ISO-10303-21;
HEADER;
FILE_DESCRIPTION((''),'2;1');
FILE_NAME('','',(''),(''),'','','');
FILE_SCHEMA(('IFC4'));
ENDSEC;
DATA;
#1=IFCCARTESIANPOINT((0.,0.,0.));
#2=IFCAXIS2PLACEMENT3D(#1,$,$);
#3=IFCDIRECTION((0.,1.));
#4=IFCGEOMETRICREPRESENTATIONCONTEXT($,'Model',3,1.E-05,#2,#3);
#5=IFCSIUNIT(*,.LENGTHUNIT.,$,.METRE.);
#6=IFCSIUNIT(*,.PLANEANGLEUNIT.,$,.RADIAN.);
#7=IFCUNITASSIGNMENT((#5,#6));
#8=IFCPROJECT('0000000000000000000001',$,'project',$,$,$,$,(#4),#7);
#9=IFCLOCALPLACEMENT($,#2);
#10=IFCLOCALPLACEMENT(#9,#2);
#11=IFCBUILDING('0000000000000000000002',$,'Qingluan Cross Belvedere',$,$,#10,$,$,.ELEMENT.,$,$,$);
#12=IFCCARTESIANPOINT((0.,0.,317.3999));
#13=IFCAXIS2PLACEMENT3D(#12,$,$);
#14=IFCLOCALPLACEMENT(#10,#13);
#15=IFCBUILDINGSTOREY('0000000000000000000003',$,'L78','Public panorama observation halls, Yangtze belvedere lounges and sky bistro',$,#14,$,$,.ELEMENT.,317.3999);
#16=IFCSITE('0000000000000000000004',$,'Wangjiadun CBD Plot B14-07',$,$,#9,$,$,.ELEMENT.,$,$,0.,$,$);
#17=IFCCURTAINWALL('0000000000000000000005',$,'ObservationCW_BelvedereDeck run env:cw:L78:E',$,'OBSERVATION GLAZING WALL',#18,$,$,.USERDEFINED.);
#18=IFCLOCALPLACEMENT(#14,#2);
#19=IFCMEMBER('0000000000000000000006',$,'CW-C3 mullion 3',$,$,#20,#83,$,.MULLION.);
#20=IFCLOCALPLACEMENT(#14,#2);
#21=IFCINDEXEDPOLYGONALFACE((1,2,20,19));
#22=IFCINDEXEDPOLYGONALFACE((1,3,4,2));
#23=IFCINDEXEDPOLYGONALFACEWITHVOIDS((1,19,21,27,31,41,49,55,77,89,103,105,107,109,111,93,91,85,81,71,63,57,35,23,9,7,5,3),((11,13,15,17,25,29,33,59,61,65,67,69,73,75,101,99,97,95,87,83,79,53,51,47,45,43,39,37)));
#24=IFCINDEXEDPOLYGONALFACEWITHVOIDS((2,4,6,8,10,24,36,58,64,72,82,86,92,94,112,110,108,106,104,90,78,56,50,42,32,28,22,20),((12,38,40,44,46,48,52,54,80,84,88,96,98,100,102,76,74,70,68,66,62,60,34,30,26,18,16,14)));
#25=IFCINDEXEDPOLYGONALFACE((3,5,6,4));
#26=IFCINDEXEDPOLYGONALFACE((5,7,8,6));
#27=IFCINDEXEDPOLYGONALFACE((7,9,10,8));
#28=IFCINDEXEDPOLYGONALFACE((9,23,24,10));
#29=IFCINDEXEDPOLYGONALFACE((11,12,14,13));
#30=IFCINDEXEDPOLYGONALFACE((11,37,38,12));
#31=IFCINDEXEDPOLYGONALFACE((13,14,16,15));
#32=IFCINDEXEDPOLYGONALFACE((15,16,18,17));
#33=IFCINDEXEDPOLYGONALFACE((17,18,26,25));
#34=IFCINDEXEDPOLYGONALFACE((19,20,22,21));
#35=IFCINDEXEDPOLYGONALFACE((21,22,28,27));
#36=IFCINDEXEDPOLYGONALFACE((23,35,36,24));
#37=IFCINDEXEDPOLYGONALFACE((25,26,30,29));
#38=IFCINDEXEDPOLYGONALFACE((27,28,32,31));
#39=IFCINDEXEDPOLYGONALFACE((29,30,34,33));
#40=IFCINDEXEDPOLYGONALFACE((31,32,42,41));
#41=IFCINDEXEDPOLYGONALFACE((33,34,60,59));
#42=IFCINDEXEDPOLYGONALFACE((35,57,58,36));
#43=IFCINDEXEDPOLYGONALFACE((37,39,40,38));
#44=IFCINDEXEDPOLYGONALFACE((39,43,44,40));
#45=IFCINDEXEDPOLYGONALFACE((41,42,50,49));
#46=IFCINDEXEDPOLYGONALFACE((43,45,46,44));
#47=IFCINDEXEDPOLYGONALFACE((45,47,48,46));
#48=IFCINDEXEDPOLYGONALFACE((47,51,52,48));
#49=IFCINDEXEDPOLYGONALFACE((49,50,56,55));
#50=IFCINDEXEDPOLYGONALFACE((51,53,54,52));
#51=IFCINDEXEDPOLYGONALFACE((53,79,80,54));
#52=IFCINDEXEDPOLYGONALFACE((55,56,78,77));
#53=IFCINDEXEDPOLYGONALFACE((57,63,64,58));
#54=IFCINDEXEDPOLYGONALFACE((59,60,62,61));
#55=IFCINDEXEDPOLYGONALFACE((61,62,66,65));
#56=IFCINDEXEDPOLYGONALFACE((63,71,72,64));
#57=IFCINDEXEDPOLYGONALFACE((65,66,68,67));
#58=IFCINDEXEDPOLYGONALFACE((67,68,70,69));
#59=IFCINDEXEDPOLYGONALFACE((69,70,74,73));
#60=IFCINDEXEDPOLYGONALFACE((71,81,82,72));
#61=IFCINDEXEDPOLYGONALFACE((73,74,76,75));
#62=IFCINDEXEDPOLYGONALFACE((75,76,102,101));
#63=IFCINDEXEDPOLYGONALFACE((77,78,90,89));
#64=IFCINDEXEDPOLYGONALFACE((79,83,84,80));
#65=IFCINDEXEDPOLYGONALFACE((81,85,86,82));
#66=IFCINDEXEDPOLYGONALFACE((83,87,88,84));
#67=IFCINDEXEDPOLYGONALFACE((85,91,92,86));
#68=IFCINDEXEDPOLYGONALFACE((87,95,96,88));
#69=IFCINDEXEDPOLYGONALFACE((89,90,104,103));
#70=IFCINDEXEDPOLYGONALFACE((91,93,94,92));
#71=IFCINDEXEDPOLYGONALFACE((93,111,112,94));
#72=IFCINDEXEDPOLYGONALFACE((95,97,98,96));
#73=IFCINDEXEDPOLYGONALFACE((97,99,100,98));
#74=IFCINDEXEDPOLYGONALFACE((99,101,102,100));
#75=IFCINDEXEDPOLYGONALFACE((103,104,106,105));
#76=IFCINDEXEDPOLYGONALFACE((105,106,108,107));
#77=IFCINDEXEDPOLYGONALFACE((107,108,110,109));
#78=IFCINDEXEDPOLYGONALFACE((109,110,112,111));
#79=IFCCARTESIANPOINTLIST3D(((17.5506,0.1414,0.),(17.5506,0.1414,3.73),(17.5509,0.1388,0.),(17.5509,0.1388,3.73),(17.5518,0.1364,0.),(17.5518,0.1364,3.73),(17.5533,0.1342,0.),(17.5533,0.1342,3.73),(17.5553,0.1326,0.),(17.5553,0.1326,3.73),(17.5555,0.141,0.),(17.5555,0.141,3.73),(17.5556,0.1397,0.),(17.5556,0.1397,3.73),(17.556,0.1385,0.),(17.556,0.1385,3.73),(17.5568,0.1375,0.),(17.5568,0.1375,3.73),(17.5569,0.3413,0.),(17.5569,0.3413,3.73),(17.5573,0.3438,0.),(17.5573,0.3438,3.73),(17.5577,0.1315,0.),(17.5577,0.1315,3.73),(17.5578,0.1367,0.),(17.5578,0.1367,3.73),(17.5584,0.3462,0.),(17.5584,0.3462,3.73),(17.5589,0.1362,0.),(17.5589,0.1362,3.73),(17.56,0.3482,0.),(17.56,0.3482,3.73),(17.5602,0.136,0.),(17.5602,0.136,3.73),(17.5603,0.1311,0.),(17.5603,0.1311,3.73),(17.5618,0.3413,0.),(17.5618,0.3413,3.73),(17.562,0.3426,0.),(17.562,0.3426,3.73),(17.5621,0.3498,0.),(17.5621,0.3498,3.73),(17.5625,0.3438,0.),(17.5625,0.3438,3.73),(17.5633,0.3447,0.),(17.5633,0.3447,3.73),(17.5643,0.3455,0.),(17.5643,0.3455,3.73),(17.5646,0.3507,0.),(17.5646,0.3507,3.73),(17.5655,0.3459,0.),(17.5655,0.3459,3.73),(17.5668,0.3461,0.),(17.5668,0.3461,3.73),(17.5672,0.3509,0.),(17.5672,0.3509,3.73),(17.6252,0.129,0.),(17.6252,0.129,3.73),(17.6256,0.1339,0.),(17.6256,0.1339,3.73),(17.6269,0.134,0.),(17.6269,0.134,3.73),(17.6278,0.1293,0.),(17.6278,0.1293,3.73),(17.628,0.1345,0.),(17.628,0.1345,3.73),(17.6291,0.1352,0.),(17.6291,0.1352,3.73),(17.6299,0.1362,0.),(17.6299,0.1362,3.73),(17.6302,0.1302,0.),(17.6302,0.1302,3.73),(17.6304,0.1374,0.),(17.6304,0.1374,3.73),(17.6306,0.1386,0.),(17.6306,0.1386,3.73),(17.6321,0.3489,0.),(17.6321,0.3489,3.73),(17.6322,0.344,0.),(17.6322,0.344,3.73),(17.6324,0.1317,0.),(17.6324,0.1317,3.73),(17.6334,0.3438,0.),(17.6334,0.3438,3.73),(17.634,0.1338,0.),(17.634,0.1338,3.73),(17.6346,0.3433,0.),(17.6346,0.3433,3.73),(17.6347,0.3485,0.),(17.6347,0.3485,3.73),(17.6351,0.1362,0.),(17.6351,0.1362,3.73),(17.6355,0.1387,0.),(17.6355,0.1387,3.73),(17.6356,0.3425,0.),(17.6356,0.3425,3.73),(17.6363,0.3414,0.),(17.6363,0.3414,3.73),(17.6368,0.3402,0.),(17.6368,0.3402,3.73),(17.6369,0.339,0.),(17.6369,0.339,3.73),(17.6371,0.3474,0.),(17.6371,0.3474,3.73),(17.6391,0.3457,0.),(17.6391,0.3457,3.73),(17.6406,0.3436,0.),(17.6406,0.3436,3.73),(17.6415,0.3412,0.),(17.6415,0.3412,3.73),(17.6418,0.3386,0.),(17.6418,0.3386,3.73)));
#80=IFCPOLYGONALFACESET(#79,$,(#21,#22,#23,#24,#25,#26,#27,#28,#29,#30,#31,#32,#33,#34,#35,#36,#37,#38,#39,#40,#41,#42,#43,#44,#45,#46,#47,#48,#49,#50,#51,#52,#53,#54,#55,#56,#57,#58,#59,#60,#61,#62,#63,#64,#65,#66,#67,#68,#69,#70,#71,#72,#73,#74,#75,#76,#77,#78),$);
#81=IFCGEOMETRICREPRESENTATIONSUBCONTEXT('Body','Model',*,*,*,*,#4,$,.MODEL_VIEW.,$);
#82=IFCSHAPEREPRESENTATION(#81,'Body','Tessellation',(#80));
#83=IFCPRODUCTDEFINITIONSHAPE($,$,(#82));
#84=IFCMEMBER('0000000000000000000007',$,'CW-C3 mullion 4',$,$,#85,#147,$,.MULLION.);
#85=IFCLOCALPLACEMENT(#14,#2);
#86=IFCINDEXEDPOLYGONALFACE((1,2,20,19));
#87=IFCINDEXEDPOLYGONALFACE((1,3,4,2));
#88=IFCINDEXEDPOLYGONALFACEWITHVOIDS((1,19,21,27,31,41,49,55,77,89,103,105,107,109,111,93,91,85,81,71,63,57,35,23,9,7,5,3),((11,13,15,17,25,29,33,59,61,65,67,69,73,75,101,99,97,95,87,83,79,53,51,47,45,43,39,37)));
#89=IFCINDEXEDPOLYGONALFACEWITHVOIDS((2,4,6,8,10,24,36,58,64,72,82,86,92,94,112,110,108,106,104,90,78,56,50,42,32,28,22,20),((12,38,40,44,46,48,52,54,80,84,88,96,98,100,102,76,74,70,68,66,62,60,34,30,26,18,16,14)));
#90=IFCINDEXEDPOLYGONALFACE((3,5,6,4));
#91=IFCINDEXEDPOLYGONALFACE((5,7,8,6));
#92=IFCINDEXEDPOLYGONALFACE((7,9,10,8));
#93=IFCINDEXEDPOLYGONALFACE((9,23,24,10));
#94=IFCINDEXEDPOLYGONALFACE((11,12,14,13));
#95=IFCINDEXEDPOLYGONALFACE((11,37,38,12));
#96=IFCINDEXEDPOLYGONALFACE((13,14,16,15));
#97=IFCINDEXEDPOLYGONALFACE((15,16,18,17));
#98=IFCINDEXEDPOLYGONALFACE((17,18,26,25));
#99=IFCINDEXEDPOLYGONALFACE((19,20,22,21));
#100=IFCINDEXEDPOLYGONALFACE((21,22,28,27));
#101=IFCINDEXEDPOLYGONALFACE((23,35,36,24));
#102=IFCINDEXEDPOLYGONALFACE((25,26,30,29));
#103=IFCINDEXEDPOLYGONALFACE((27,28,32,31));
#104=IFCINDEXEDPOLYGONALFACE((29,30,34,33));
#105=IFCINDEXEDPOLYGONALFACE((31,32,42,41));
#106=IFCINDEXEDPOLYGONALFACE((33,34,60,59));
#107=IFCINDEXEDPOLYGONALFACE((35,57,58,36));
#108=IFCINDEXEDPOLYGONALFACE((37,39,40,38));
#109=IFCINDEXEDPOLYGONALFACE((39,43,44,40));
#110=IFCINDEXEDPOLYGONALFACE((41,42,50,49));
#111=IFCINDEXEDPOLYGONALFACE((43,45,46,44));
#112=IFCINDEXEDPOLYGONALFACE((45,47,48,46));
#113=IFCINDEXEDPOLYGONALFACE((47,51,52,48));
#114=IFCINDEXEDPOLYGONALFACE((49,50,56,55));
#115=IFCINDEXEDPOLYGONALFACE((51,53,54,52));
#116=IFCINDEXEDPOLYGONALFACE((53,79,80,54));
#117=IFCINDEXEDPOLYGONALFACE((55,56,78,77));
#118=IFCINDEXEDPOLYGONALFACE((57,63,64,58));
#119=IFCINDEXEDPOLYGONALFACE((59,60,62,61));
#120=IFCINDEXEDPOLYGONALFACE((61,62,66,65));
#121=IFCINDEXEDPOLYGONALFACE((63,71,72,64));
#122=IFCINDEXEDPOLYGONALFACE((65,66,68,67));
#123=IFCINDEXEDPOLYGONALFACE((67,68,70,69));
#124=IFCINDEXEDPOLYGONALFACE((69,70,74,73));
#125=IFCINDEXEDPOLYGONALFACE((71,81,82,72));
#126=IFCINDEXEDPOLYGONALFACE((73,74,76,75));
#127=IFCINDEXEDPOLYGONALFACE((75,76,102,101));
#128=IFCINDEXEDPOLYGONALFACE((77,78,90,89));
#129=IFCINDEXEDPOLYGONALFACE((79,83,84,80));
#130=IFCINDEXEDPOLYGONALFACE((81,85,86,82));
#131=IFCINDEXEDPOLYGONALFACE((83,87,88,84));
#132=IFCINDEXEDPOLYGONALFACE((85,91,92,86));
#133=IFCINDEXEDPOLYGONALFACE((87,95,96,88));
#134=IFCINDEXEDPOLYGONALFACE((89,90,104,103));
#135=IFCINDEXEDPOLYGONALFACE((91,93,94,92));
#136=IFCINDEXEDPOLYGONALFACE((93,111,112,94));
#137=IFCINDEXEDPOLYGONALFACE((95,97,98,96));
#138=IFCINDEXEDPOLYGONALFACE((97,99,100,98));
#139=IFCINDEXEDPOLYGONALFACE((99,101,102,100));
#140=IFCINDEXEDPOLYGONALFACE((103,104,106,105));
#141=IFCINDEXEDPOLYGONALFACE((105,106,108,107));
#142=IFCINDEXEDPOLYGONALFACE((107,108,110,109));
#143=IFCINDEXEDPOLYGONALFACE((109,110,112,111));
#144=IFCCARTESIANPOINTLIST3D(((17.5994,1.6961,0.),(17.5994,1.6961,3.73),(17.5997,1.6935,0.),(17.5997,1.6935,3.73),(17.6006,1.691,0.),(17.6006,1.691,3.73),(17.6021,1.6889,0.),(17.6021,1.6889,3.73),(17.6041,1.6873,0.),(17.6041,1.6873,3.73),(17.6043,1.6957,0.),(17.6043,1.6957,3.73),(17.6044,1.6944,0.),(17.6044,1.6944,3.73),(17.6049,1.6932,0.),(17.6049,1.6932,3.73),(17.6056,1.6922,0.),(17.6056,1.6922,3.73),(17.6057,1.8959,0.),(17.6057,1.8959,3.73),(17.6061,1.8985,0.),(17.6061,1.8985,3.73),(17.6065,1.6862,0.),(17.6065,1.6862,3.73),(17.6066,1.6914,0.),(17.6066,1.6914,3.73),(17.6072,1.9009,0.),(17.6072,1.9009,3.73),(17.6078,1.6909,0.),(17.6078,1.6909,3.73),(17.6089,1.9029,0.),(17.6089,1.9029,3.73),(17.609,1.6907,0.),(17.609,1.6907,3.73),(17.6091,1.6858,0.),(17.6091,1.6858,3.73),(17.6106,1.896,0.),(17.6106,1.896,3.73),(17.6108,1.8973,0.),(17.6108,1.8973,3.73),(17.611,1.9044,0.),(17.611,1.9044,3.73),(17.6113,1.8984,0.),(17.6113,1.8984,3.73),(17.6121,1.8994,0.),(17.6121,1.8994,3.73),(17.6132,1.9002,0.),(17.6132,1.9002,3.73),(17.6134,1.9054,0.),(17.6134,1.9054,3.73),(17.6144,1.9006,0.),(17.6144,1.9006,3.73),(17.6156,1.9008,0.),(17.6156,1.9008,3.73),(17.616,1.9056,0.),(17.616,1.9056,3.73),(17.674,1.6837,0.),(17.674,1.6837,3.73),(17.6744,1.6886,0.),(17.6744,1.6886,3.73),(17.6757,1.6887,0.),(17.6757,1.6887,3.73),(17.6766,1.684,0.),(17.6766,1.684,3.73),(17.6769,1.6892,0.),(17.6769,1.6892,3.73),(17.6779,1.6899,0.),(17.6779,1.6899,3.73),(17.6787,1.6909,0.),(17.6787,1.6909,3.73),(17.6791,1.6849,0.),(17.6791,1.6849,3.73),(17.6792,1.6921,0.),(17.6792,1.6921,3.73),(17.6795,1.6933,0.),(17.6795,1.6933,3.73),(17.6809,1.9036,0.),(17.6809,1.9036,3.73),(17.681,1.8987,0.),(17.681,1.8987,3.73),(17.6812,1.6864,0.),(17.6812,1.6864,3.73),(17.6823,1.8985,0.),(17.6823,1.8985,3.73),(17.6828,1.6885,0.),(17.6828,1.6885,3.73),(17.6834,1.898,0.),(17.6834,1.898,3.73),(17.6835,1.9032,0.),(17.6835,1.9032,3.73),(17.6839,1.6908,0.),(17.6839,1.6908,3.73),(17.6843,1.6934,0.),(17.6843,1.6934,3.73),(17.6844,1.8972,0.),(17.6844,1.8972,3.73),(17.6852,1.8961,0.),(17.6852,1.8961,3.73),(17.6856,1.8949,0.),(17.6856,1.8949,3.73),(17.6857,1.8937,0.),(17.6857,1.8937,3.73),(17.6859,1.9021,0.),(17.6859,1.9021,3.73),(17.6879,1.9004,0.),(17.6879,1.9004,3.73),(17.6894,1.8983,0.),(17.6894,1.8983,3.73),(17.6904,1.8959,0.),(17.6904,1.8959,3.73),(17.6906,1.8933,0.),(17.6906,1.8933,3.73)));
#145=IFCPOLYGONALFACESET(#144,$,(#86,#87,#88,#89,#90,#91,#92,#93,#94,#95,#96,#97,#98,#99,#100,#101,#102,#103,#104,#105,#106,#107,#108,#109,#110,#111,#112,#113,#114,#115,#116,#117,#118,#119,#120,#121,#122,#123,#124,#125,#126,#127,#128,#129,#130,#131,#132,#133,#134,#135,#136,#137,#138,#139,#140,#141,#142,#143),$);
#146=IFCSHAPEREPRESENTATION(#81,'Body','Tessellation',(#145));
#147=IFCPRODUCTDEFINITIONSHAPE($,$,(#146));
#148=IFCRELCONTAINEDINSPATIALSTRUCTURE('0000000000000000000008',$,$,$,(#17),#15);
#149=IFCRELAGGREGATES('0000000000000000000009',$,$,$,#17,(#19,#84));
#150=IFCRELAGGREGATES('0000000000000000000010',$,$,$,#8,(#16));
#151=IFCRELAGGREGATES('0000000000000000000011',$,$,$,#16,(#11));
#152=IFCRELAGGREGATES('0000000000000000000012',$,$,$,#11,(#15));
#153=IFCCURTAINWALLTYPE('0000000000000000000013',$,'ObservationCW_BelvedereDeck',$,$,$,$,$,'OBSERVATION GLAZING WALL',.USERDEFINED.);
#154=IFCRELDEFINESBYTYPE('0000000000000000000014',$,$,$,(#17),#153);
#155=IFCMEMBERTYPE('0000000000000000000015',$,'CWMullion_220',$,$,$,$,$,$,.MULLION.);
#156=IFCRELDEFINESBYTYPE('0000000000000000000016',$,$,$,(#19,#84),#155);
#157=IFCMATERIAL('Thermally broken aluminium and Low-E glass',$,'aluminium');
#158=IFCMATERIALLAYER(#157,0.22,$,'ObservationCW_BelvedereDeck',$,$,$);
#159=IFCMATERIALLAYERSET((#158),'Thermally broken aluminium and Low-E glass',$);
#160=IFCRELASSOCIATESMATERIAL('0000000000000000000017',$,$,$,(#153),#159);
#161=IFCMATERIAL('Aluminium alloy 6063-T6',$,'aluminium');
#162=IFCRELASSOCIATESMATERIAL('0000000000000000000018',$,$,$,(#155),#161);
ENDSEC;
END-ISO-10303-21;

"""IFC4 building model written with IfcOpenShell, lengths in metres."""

from ifc_helpers import new_model, si_unit, direction, frame, origin, origin_2d, place, context, subcontext, project, spatial, hollow_rectangle, extrude, material, layer, layer_set, material_profile, profile_set, type_object, element, aggregate, save


model = new_model("IFC4")

# Units and contexts
model_context = context("Model", 3, precision=1e-05, world=origin(), true_north=direction((0.0, 1.0)))
body_context = subcontext(model_context, "Body", "Model", "MODEL_VIEW")
ifc_project = project(units=[si_unit("LENGTHUNIT", "METRE"), si_unit("PLANEANGLEUNIT", "RADIAN")], contexts=[model_context])

# Site, building, storey
site_placement = place(None, origin())
site = spatial("IfcSite", under=ifc_project, at=site_placement, Name="Wangjiadun CBD Plot B14-07", CompositionType="ELEMENT", RefElevation=0.0)
building_placement = place(site_placement, origin())
building = spatial("IfcBuilding", under=site, at=building_placement, Name="Qingluan Cross Belvedere", CompositionType="ELEMENT")
storey_placement = place(building_placement, frame((0.0, 0.0, 317.3999)))
storey = spatial("IfcBuildingStorey", under=building, at=storey_placement, Name="L78", Description="Public panorama observation halls, Yangtze belvedere lounges and sky bistro", CompositionType="ELEMENT", Elevation=317.3999)

# Curtain wall, members
ifc_material_1 = material(Name="Thermally broken aluminium and Low-E glass", Category="aluminium")
ifc_layer_1 = layer(ifc_material_1, 0.22, Name="ObservationCW_BelvedereDeck")
ifc_layer_set_1 = layer_set([ifc_layer_1], Name="Thermally broken aluminium and Low-E glass")
curtain_wall_type = type_object("IfcCurtainWallType", Name="ObservationCW_BelvedereDeck", ElementType="OBSERVATION GLAZING WALL", PredefinedType="USERDEFINED", material=ifc_layer_set_1)
curtain_wall_placement = place(storey_placement, origin())
curtain_wall = element("IfcCurtainWall", 1, at=curtain_wall_placement, inside=storey, type_object=curtain_wall_type, Name="ObservationCW_BelvedereDeck run env:cw:L78:E", ObjectType="OBSERVATION GLAZING WALL", PredefinedType="USERDEFINED")
ifc_material_2 = material(Name="Aluminium alloy 6063-T6", Category="aluminium")
ifc_material_profile_1 = material_profile(ifc_material_2, hollow_rectangle(XDim=0.085, YDim=0.22, WallThickness=0.0049, InnerFilletRadius=0.0049, OuterFilletRadius=0.01, at=origin_2d()), Name="CWM220x85x5")
ifc_profile_set_1 = profile_set([ifc_material_profile_1], Name="Aluminium alloy 6063-T6")
member_type_1 = type_object("IfcMemberType", Name="CWMullion_220", PredefinedType="MULLION", material=ifc_profile_set_1)
member_1_placement = place(storey_placement, frame((17.5962, 0.24, 0.0), z_axis=(0.0, 0.0, 1.0), x_axis=(-0.999506, 0.031413, 0.0)))
member_1 = element("IfcMember", 2, at=member_1_placement, type_object=member_type_1, Name="CW-C3 mullion 3", PredefinedType="MULLION", context=body_context, shape_type="SweptSolid", body=[
    extrude(hollow_rectangle(XDim=0.085, YDim=0.22, WallThickness=0.0049, InnerFilletRadius=0.0049, OuterFilletRadius=0.01, at=origin_2d()), origin(), (0.0, 0.0, 1.0), 3.73),
])
member_2_placement = place(storey_placement, frame((17.645, 1.7947, 0.0), z_axis=(0.0, 0.0, 1.0), x_axis=(-0.999506, 0.031413, 0.0)))
member_2 = element("IfcMember", 3, at=member_2_placement, type_object=member_type_1, Name="CW-C3 mullion 4", PredefinedType="MULLION", context=body_context, shape_type="SweptSolid", body=[
    extrude(hollow_rectangle(XDim=0.085, YDim=0.22, WallThickness=0.0049, InnerFilletRadius=0.0049, OuterFilletRadius=0.01, at=origin_2d()), origin(), (0.0, 0.0, 1.0), 3.73),
])
aggregate(curtain_wall, [member_1, member_2])

save(model, "model.ifc")
